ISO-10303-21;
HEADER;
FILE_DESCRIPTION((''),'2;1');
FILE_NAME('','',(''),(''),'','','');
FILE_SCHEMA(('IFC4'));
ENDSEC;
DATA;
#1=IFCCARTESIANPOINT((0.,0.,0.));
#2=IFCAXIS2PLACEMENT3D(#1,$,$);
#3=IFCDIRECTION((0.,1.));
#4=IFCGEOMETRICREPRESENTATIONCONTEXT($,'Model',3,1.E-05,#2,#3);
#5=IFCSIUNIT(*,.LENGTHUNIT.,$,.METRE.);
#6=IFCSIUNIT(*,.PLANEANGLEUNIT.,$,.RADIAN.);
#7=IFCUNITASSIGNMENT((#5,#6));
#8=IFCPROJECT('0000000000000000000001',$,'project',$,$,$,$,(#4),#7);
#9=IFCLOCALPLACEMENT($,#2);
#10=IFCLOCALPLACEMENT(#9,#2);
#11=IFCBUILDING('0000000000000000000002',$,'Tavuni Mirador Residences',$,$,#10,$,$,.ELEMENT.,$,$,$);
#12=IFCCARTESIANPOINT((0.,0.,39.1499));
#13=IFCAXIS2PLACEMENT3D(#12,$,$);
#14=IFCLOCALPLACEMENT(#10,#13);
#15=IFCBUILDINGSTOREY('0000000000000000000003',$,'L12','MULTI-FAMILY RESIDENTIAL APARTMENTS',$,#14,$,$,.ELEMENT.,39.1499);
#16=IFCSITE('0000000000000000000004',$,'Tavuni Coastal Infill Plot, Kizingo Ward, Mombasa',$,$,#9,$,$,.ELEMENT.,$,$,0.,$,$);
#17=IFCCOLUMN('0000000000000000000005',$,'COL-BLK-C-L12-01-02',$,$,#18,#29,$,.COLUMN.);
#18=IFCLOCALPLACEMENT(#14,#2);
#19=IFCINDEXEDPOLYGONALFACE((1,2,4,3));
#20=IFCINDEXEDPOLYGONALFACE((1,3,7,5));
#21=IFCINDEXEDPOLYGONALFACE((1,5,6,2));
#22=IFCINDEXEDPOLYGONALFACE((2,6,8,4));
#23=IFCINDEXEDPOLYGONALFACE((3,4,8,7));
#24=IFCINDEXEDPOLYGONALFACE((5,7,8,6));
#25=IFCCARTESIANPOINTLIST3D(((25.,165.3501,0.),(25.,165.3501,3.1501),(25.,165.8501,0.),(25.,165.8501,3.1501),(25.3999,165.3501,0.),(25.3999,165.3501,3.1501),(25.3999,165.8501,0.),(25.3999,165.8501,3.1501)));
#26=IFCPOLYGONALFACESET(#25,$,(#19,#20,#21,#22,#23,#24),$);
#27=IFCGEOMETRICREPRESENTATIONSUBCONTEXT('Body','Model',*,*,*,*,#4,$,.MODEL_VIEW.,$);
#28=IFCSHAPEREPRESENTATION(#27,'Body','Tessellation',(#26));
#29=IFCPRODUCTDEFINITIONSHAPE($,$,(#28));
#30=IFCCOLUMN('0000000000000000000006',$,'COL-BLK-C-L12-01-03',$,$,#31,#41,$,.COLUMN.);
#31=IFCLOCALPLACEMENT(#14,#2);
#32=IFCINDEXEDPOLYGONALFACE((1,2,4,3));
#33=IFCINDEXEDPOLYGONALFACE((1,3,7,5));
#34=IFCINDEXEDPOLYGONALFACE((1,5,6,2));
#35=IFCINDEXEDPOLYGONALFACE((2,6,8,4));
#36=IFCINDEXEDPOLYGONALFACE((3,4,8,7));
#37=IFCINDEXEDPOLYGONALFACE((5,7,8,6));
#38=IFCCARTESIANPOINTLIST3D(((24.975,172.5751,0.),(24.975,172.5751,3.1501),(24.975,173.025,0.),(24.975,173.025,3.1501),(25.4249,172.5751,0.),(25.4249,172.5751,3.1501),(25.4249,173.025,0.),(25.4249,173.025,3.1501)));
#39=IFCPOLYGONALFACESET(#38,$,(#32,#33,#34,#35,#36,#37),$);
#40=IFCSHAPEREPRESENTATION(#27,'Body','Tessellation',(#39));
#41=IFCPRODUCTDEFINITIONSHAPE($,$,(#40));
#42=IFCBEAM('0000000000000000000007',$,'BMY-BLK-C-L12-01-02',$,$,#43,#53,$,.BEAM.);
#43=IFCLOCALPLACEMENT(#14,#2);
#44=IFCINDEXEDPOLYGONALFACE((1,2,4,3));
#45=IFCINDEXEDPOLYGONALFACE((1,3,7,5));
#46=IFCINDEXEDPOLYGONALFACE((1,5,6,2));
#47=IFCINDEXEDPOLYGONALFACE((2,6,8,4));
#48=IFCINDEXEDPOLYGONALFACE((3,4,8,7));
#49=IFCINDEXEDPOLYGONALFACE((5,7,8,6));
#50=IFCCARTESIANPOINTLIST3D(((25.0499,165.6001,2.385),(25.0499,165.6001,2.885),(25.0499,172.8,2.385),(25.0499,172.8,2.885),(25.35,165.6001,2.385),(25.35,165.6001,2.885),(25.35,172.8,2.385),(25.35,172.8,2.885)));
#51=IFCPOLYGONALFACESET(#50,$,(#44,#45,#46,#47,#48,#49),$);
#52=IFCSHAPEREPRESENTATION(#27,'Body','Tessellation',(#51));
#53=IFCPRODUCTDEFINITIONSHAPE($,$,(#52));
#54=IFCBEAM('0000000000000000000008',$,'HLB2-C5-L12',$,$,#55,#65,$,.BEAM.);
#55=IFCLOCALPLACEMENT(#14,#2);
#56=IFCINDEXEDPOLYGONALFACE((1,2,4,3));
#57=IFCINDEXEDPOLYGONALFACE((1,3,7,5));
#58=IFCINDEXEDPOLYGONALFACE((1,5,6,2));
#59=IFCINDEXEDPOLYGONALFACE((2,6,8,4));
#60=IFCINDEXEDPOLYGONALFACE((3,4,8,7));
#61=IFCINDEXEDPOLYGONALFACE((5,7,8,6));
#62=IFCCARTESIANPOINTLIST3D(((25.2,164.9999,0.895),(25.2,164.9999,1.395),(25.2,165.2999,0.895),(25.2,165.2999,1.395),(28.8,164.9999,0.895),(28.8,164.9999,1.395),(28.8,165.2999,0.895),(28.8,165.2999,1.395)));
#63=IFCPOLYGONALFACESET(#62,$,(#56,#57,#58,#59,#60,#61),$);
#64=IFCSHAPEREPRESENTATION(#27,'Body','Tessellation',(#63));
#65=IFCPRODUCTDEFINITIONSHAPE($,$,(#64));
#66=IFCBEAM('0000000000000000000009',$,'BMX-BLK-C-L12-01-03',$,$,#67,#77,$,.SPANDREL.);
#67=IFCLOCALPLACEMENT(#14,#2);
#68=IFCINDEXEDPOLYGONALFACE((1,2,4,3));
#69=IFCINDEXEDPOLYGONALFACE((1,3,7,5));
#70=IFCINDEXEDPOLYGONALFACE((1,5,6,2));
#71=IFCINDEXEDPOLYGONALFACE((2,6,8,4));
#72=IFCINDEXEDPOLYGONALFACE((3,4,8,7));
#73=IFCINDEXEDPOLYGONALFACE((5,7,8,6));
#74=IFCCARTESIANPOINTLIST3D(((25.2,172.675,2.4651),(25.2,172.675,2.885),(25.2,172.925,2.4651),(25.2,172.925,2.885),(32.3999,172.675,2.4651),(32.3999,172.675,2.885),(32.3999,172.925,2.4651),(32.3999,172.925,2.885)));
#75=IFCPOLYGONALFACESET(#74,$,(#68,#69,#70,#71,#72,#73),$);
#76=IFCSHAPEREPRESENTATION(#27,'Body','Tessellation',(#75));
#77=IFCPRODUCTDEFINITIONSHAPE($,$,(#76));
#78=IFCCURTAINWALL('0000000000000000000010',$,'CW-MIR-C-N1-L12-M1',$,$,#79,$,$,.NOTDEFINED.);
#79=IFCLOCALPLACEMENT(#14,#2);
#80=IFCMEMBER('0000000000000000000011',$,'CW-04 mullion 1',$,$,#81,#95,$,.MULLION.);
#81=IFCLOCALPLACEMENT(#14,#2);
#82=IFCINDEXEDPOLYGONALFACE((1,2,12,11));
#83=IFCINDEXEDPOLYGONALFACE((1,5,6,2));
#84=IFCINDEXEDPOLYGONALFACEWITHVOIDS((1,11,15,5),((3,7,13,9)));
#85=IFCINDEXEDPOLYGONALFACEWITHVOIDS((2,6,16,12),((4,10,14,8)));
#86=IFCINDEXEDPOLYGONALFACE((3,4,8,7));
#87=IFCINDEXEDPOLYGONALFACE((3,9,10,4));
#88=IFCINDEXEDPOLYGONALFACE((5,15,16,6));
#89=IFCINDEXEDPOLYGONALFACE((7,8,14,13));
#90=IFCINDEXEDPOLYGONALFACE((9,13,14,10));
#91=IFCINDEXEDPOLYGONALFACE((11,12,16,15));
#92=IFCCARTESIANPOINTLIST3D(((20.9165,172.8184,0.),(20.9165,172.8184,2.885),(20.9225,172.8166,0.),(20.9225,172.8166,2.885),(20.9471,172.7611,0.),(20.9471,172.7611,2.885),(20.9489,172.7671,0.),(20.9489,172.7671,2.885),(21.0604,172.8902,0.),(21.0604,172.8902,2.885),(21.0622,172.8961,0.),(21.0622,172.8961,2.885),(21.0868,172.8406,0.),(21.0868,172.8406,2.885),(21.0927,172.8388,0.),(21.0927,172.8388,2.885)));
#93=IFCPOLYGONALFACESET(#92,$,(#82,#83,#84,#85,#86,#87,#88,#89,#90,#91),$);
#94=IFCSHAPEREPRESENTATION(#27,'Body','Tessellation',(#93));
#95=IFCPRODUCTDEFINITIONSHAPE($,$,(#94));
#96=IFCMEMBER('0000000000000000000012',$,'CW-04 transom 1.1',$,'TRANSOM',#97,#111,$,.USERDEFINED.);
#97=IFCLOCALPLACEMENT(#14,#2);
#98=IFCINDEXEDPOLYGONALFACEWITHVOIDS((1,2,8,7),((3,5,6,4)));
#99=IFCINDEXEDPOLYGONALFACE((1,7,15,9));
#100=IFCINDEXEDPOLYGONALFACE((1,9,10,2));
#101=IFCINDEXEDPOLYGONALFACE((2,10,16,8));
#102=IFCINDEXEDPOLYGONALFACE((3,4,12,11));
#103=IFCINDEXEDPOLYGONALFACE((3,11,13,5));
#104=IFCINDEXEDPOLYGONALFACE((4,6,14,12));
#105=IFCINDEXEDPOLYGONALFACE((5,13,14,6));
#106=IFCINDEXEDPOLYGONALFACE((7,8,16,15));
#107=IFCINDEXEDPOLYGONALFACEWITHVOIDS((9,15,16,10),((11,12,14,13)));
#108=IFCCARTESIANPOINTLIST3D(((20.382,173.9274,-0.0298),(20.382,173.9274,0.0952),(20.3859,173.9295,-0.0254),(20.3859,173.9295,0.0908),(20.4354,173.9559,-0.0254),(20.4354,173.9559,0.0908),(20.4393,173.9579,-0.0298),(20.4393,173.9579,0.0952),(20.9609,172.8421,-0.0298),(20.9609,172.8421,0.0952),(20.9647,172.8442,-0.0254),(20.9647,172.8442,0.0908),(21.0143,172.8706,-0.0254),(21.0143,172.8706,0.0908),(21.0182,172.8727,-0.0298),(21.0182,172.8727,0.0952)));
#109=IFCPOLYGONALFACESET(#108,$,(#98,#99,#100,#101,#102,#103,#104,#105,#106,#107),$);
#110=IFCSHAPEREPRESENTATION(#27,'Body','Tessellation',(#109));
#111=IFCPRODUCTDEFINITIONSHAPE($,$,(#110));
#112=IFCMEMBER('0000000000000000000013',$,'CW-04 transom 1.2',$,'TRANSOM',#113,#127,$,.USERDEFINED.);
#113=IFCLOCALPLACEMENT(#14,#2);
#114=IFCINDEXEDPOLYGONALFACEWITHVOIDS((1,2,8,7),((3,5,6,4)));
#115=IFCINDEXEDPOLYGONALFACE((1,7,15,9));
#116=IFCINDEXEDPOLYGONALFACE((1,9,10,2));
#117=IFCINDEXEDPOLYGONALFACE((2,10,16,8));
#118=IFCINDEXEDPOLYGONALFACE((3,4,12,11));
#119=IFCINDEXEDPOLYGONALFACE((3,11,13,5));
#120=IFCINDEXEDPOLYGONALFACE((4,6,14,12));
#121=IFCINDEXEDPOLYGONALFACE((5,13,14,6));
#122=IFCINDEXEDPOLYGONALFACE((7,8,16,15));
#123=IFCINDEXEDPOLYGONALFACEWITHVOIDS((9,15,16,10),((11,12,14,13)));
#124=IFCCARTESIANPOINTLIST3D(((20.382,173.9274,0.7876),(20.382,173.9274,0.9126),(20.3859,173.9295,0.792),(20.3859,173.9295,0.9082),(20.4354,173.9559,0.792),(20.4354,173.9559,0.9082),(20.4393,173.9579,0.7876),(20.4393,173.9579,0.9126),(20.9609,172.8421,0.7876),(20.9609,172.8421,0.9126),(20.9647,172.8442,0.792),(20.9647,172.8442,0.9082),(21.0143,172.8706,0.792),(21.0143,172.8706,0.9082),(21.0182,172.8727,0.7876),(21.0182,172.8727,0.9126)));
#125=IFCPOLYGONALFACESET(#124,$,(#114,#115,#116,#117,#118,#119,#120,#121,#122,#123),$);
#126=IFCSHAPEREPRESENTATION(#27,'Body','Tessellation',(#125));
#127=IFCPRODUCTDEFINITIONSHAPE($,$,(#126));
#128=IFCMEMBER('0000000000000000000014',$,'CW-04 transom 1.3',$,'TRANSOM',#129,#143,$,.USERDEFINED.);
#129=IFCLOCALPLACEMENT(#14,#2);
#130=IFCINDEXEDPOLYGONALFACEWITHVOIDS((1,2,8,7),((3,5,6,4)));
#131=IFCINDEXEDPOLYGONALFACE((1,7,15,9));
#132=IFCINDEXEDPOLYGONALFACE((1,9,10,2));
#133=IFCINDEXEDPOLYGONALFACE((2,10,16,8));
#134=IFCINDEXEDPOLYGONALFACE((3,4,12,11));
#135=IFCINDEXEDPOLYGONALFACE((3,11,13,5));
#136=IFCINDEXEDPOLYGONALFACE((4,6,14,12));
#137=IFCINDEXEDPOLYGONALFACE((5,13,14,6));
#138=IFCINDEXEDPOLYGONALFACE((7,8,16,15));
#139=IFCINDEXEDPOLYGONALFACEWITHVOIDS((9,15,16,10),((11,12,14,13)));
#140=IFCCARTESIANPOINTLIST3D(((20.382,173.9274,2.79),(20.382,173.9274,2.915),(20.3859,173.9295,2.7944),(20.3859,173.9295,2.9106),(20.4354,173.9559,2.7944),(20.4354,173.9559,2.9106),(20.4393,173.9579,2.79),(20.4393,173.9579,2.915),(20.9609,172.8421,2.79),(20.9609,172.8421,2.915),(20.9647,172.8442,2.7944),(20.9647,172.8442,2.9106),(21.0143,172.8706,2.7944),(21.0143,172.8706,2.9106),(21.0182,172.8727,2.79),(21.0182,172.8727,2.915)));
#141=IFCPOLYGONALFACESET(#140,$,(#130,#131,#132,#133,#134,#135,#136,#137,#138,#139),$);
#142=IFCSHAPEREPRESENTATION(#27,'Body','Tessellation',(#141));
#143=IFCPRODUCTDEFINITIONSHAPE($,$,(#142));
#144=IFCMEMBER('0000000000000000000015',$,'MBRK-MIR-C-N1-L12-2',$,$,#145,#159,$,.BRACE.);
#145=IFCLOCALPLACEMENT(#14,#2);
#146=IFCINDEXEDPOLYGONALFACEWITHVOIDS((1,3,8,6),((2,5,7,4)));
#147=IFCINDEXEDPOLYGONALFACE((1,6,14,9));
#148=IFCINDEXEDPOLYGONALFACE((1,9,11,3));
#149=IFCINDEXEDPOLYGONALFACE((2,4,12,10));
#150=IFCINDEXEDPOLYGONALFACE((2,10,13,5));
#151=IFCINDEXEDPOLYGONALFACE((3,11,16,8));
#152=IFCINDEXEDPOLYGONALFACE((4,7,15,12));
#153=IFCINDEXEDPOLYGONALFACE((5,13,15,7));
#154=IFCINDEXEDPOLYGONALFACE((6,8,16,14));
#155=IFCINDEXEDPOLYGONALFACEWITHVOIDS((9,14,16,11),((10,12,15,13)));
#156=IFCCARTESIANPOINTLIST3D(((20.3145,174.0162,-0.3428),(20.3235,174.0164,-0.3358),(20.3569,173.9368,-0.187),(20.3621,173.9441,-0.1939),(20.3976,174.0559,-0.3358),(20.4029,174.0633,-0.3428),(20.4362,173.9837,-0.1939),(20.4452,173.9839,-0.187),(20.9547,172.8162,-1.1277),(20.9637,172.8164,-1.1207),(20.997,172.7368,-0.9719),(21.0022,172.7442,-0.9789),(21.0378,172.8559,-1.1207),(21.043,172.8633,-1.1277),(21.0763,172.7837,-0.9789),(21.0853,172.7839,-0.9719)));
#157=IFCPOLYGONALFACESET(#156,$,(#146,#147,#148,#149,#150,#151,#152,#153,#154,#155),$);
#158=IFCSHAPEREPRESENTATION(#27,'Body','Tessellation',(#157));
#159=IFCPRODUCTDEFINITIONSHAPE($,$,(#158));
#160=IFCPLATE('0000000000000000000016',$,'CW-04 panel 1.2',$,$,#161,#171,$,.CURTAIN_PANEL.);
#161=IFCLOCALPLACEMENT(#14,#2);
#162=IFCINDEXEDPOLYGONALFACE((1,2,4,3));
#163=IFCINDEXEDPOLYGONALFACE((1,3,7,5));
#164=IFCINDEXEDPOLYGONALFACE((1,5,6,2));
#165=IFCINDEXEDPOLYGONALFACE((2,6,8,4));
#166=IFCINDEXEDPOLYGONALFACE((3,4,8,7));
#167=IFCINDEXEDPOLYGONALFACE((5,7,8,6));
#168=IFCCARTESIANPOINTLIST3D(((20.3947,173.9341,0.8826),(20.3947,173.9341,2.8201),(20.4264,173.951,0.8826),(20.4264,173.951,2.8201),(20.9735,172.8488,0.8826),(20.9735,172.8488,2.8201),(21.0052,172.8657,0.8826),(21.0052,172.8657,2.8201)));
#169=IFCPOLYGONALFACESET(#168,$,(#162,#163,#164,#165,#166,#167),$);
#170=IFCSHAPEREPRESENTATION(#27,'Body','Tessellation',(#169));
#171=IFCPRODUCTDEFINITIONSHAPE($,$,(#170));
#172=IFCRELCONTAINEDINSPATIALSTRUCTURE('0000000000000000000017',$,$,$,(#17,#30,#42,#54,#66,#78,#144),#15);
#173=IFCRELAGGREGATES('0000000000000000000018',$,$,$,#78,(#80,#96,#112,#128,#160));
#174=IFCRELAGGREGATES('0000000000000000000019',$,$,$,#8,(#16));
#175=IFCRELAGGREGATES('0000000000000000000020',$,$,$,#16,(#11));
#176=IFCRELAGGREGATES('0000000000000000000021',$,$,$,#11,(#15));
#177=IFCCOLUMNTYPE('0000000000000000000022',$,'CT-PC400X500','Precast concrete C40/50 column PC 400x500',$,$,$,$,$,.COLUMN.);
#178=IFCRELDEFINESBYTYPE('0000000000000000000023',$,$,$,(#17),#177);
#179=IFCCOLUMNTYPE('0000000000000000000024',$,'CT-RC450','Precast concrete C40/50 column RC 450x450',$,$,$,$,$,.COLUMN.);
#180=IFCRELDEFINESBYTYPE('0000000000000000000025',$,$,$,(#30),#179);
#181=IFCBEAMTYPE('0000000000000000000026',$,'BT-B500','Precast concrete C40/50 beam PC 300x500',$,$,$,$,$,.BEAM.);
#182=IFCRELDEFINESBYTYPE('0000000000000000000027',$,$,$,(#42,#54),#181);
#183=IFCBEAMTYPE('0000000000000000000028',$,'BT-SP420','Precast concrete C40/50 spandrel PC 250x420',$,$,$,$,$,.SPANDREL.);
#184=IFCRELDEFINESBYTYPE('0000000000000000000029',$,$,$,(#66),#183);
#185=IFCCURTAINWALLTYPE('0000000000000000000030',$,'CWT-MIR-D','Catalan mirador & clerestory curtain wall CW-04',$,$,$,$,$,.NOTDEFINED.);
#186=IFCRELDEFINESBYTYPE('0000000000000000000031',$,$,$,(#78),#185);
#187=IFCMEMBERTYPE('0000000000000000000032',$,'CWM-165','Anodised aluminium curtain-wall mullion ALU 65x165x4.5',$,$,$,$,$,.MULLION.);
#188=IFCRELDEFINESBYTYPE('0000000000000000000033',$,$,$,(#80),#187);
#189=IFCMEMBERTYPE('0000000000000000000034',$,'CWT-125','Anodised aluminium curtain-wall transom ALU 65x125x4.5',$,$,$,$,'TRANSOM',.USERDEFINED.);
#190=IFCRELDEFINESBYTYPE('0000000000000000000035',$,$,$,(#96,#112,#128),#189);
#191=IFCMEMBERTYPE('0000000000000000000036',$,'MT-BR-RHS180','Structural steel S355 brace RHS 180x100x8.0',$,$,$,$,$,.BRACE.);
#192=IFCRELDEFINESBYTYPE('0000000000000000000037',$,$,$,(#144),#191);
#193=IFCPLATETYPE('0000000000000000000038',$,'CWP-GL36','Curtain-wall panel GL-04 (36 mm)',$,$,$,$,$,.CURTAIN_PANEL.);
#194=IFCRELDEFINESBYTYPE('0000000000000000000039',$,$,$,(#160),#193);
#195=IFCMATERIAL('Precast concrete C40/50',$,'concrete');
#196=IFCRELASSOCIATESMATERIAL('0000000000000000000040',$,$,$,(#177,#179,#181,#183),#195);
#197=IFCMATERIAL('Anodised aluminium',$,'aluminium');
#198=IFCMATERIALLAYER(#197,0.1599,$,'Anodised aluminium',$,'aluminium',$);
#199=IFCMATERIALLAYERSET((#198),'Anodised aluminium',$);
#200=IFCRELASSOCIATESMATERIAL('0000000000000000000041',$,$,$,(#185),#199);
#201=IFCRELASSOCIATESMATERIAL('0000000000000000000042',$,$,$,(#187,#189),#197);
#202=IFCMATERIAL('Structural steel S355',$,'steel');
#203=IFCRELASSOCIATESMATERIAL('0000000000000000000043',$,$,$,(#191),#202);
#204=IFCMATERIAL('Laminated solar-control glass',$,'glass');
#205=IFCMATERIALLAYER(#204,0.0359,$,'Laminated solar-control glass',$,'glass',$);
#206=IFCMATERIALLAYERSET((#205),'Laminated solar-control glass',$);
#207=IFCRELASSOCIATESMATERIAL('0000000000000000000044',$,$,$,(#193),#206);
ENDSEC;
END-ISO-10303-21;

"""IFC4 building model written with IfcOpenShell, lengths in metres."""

from ifc_helpers import new_model, si_unit, direction, frame, origin, origin_2d, place, context, subcontext, project, spatial, rectangle, hollow_rectangle, extrude, material, layer, layer_set, material_profile, profile_set, type_object, element, aggregate, save


model = new_model("IFC4")

# Units and contexts
model_context = context("Model", 3, precision=1e-05, world=origin(), true_north=direction((0.0, 1.0)))
body_context = subcontext(model_context, "Body", "Model", "MODEL_VIEW")
ifc_project = project(units=[si_unit("LENGTHUNIT", "METRE"), si_unit("PLANEANGLEUNIT", "RADIAN")], contexts=[model_context])

# Site, building, storey
site_placement = place(None, origin())
site = spatial("IfcSite", under=ifc_project, at=site_placement, Name="Tavuni Coastal Infill Plot, Kizingo Ward, Mombasa", CompositionType="ELEMENT", RefElevation=0.0)
building_placement = place(site_placement, origin())
building = spatial("IfcBuilding", under=site, at=building_placement, Name="Tavuni Mirador Residences", CompositionType="ELEMENT")
storey_placement = place(building_placement, frame((0.0, 0.0, 39.1499)))
storey = spatial("IfcBuildingStorey", under=building, at=storey_placement, Name="L12", Description="MULTI-FAMILY RESIDENTIAL APARTMENTS", CompositionType="ELEMENT", Elevation=39.1499)

# Columns
ifc_material_1 = material(Name="Precast concrete C40/50", Category="concrete")
ifc_material_profile_1 = material_profile(ifc_material_1, rectangle(XDim=0.3999, YDim=0.5, at=origin_2d()), Name="PC 400x500", Category="concrete")
ifc_profile_set_1 = profile_set([ifc_material_profile_1], Name="Precast concrete C40/50")
column_type_1 = type_object("IfcColumnType", Name="CT-PC400X500", Description="Precast concrete C40/50 column PC 400x500", PredefinedType="COLUMN", material=ifc_profile_set_1)
column_1_placement = place(storey_placement, frame((25.2, 165.6001, 0.0), z_axis=(0.0, 0.0, 1.0), x_axis=(1.0, 0.0, 0.0)))
element("IfcColumn", 1, at=column_1_placement, inside=storey, type_object=column_type_1, Name="COL-BLK-C-L12-01-02", PredefinedType="COLUMN", context=body_context, shape_type="SweptSolid", body=[
    extrude(rectangle(XDim=0.3999, YDim=0.5, at=origin_2d()), origin(), (0.0, 0.0, 1.0), 3.1501),
])
ifc_material_profile_2 = material_profile(ifc_material_1, rectangle(XDim=0.45, YDim=0.45, at=origin_2d()), Name="RC 450x450", Category="concrete")
ifc_profile_set_2 = profile_set([ifc_material_profile_2], Name="Precast concrete C40/50")
column_type_2 = type_object("IfcColumnType", Name="CT-RC450", Description="Precast concrete C40/50 column RC 450x450", PredefinedType="COLUMN", material=ifc_profile_set_2)
column_2_placement = place(storey_placement, frame((25.2, 172.8, 0.0), z_axis=(0.0, 0.0, 1.0), x_axis=(1.0, 0.0, 0.0)))
element("IfcColumn", 2, at=column_2_placement, inside=storey, type_object=column_type_2, Name="COL-BLK-C-L12-01-03", PredefinedType="COLUMN", context=body_context, shape_type="SweptSolid", body=[
    extrude(rectangle(XDim=0.45, YDim=0.45, at=origin_2d()), origin(), (0.0, 0.0, 1.0), 3.1501),
])

# Beams
ifc_material_profile_3 = material_profile(ifc_material_1, rectangle(XDim=0.3, YDim=0.5, at=origin_2d()), Name="PC 300x500", Category="concrete")
ifc_profile_set_3 = profile_set([ifc_material_profile_3], Name="Precast concrete C40/50")
beam_type_1 = type_object("IfcBeamType", Name="BT-B500", Description="Precast concrete C40/50 beam PC 300x500", PredefinedType="BEAM", material=ifc_profile_set_3)
beam_1_placement = place(storey_placement, frame((25.2, 165.6001, 2.635), z_axis=(0.0, 1.0, 0.0), x_axis=(-1.0, 0.0, 0.0)))
element("IfcBeam", 3, at=beam_1_placement, inside=storey, type_object=beam_type_1, Name="BMY-BLK-C-L12-01-02", PredefinedType="BEAM", context=body_context, shape_type="SweptSolid", body=[
    extrude(rectangle(XDim=0.3, YDim=0.5, at=origin_2d()), origin(), (0.0, 0.0, 1.0), 7.2),
])
beam_2_placement = place(storey_placement, frame((25.2, 165.1499, 1.145), z_axis=(1.0, 0.0, 0.0), x_axis=(0.0, 1.0, 0.0)))
element("IfcBeam", 4, at=beam_2_placement, inside=storey, type_object=beam_type_1, Name="HLB2-C5-L12", PredefinedType="BEAM", context=body_context, shape_type="SweptSolid", body=[
    extrude(rectangle(XDim=0.3, YDim=0.5, at=origin_2d()), origin(), (0.0, 0.0, 1.0), 3.6001),
])
ifc_material_profile_4 = material_profile(ifc_material_1, rectangle(XDim=0.25, YDim=0.4199, at=origin_2d()), Name="PC 250x420", Category="concrete")
ifc_profile_set_4 = profile_set([ifc_material_profile_4], Name="Precast concrete C40/50")
beam_type_2 = type_object("IfcBeamType", Name="BT-SP420", Description="Precast concrete C40/50 spandrel PC 250x420", PredefinedType="SPANDREL", material=ifc_profile_set_4)
beam_3_placement = place(storey_placement, frame((25.2, 172.8, 2.675), z_axis=(1.0, 0.0, 0.0), x_axis=(0.0, 1.0, 0.0)))
element("IfcBeam", 5, at=beam_3_placement, inside=storey, type_object=beam_type_2, Name="BMX-BLK-C-L12-01-03", PredefinedType="SPANDREL", context=body_context, shape_type="SweptSolid", body=[
    extrude(rectangle(XDim=0.25, YDim=0.4199, at=origin_2d()), origin(), (0.0, 0.0, 1.0), 7.2),
])

# Curtain wall, members
ifc_material_2 = material(Name="Anodised aluminium", Category="aluminium")
ifc_layer_1 = layer(ifc_material_2, 0.1599, Name="Anodised aluminium", Category="aluminium")
ifc_layer_set_1 = layer_set([ifc_layer_1], Name="Anodised aluminium")
curtain_wall_type = type_object("IfcCurtainWallType", Name="CWT-MIR-D", Description="Catalan mirador & clerestory curtain wall CW-04", PredefinedType="NOTDEFINED", material=ifc_layer_set_1)
curtain_wall_placement = place(storey_placement, origin())
curtain_wall = element("IfcCurtainWall", 6, at=curtain_wall_placement, inside=storey, type_object=curtain_wall_type, Name="CW-MIR-C-N1-L12-M1", PredefinedType="NOTDEFINED")
ifc_material_profile_5 = material_profile(ifc_material_2, hollow_rectangle(XDim=0.0649, YDim=0.165, WallThickness=0.0044, at=origin_2d()), Name="ALU 65x165x4.5", Category="aluminium")
ifc_profile_set_5 = profile_set([ifc_material_profile_5], Name="Anodised aluminium")
member_type_1 = type_object("IfcMemberType", Name="CWM-165", Description="Anodised aluminium curtain-wall mullion ALU 65x165x4.5", PredefinedType="MULLION", material=ifc_profile_set_5)
member_1_placement = place(storey_placement, frame((21.0046, 172.8286, 0.0), z_axis=(0.0, 0.0, 1.0), x_axis=(-0.470588, 0.882353, 0.0)))
member_1 = element("IfcMember", 7, at=member_1_placement, type_object=member_type_1, Name="CW-04 mullion 1", PredefinedType="MULLION", context=body_context, shape_type="SweptSolid", body=[
    extrude(hollow_rectangle(XDim=0.0649, YDim=0.165, WallThickness=0.0044, at=origin_2d()), origin(), (0.0, 0.0, 1.0), 2.885),
])
ifc_material_profile_6 = material_profile(ifc_material_2, hollow_rectangle(XDim=0.0649, YDim=0.125, WallThickness=0.0044, at=origin_2d()), Name="ALU 65x125x4.5", Category="aluminium")
ifc_profile_set_6 = profile_set([ifc_material_profile_6], Name="Anodised aluminium")
member_type_2 = type_object("IfcMemberType", Name="CWT-125", Description="Anodised aluminium curtain-wall transom ALU 65x125x4.5", ElementType="TRANSOM", PredefinedType="USERDEFINED", material=ifc_profile_set_6)
member_2_placement = place(storey_placement, frame((20.9895, 172.8574, 0.0327), z_axis=(-0.47064, 0.882325, 0.0), x_axis=(-0.882325, -0.47064, 0.0)))
member_2 = element("IfcMember", 8, at=member_2_placement, type_object=member_type_2, Name="CW-04 transom 1.1", ObjectType="TRANSOM", PredefinedType="USERDEFINED", context=body_context, shape_type="SweptSolid", body=[
    extrude(hollow_rectangle(XDim=0.0649, YDim=0.125, WallThickness=0.0044, at=origin_2d()), origin(), (0.0, 0.0, 1.0), 1.23),
])
member_3_placement = place(storey_placement, frame((20.9895, 172.8574, 0.8501), z_axis=(-0.47064, 0.882325, 0.0), x_axis=(-0.882325, -0.47064, 0.0)))
member_3 = element("IfcMember", 9, at=member_3_placement, type_object=member_type_2, Name="CW-04 transom 1.2", ObjectType="TRANSOM", PredefinedType="USERDEFINED", context=body_context, shape_type="SweptSolid", body=[
    extrude(hollow_rectangle(XDim=0.0649, YDim=0.125, WallThickness=0.0044, at=origin_2d()), origin(), (0.0, 0.0, 1.0), 1.23),
])
member_4_placement = place(storey_placement, frame((20.9895, 172.8574, 2.8525), z_axis=(-0.47064, 0.882325, 0.0), x_axis=(-0.882325, -0.47064, 0.0)))
member_4 = element("IfcMember", 10, at=member_4_placement, type_object=member_type_2, Name="CW-04 transom 1.3", ObjectType="TRANSOM", PredefinedType="USERDEFINED", context=body_context, shape_type="SweptSolid", body=[
    extrude(hollow_rectangle(XDim=0.0649, YDim=0.125, WallThickness=0.0044, at=origin_2d()), origin(), (0.0, 0.0, 1.0), 1.23),
])

# Member
ifc_material_3 = material(Name="Structural steel S355", Category="steel")
ifc_material_profile_7 = material_profile(ifc_material_3, hollow_rectangle(XDim=0.1001, YDim=0.1799, WallThickness=0.0081, at=origin_2d()), Name="RHS 180x100x8.0", Category="steel")
ifc_profile_set_7 = profile_set([ifc_material_profile_7], Name="Structural steel S355")
member_type_3 = type_object("IfcMemberType", Name="MT-BR-RHS180", Description="Structural steel S355 brace RHS 180x100x8.0", PredefinedType="BRACE", material=ifc_profile_set_7)
member_5_placement = place(storey_placement, frame((21.02, 172.8, -1.0498), z_axis=(-0.407661, 0.764169, 0.499858), x_axis=(-0.882303, -0.470681, 0.0)))
element("IfcMember", 11, at=member_5_placement, inside=storey, type_object=member_type_3, Name="MBRK-MIR-C-N1-L12-2", PredefinedType="BRACE", context=body_context, shape_type="SweptSolid", body=[
    extrude(hollow_rectangle(XDim=0.1001, YDim=0.1799, WallThickness=0.0081, at=origin_2d()), origin(), (0.0, 0.0, 1.0), 1.5703),
])

# Plate
ifc_material_4 = material(Name="Laminated solar-control glass", Category="glass")
ifc_layer_2 = layer(ifc_material_4, 0.0359, Name="Laminated solar-control glass", Category="glass")
ifc_layer_set_2 = layer_set([ifc_layer_2], Name="Laminated solar-control glass")
plate_type = type_object("IfcPlateType", Name="CWP-GL36", Description="Curtain-wall panel GL-04 (36 mm)", PredefinedType="CURTAIN_PANEL", material=ifc_layer_set_2)
plate_placement = place(storey_placement, frame((20.7, 173.3999, 0.8826), z_axis=(0.0, 0.0, 1.0), x_axis=(-0.470588, 0.882353, 0.0)))
plate = element("IfcPlate", 12, at=plate_placement, type_object=plate_type, Name="CW-04 panel 1.2", PredefinedType="CURTAIN_PANEL", context=body_context, shape_type="SweptSolid", body=[
    extrude(rectangle(XDim=1.23, YDim=0.0359, at=origin_2d()), origin(), (0.0, 0.0, 1.0), 1.9375),
])
aggregate(curtain_wall, [member_1, member_2, member_3, member_4, plate])

save(model, "model.ifc")
